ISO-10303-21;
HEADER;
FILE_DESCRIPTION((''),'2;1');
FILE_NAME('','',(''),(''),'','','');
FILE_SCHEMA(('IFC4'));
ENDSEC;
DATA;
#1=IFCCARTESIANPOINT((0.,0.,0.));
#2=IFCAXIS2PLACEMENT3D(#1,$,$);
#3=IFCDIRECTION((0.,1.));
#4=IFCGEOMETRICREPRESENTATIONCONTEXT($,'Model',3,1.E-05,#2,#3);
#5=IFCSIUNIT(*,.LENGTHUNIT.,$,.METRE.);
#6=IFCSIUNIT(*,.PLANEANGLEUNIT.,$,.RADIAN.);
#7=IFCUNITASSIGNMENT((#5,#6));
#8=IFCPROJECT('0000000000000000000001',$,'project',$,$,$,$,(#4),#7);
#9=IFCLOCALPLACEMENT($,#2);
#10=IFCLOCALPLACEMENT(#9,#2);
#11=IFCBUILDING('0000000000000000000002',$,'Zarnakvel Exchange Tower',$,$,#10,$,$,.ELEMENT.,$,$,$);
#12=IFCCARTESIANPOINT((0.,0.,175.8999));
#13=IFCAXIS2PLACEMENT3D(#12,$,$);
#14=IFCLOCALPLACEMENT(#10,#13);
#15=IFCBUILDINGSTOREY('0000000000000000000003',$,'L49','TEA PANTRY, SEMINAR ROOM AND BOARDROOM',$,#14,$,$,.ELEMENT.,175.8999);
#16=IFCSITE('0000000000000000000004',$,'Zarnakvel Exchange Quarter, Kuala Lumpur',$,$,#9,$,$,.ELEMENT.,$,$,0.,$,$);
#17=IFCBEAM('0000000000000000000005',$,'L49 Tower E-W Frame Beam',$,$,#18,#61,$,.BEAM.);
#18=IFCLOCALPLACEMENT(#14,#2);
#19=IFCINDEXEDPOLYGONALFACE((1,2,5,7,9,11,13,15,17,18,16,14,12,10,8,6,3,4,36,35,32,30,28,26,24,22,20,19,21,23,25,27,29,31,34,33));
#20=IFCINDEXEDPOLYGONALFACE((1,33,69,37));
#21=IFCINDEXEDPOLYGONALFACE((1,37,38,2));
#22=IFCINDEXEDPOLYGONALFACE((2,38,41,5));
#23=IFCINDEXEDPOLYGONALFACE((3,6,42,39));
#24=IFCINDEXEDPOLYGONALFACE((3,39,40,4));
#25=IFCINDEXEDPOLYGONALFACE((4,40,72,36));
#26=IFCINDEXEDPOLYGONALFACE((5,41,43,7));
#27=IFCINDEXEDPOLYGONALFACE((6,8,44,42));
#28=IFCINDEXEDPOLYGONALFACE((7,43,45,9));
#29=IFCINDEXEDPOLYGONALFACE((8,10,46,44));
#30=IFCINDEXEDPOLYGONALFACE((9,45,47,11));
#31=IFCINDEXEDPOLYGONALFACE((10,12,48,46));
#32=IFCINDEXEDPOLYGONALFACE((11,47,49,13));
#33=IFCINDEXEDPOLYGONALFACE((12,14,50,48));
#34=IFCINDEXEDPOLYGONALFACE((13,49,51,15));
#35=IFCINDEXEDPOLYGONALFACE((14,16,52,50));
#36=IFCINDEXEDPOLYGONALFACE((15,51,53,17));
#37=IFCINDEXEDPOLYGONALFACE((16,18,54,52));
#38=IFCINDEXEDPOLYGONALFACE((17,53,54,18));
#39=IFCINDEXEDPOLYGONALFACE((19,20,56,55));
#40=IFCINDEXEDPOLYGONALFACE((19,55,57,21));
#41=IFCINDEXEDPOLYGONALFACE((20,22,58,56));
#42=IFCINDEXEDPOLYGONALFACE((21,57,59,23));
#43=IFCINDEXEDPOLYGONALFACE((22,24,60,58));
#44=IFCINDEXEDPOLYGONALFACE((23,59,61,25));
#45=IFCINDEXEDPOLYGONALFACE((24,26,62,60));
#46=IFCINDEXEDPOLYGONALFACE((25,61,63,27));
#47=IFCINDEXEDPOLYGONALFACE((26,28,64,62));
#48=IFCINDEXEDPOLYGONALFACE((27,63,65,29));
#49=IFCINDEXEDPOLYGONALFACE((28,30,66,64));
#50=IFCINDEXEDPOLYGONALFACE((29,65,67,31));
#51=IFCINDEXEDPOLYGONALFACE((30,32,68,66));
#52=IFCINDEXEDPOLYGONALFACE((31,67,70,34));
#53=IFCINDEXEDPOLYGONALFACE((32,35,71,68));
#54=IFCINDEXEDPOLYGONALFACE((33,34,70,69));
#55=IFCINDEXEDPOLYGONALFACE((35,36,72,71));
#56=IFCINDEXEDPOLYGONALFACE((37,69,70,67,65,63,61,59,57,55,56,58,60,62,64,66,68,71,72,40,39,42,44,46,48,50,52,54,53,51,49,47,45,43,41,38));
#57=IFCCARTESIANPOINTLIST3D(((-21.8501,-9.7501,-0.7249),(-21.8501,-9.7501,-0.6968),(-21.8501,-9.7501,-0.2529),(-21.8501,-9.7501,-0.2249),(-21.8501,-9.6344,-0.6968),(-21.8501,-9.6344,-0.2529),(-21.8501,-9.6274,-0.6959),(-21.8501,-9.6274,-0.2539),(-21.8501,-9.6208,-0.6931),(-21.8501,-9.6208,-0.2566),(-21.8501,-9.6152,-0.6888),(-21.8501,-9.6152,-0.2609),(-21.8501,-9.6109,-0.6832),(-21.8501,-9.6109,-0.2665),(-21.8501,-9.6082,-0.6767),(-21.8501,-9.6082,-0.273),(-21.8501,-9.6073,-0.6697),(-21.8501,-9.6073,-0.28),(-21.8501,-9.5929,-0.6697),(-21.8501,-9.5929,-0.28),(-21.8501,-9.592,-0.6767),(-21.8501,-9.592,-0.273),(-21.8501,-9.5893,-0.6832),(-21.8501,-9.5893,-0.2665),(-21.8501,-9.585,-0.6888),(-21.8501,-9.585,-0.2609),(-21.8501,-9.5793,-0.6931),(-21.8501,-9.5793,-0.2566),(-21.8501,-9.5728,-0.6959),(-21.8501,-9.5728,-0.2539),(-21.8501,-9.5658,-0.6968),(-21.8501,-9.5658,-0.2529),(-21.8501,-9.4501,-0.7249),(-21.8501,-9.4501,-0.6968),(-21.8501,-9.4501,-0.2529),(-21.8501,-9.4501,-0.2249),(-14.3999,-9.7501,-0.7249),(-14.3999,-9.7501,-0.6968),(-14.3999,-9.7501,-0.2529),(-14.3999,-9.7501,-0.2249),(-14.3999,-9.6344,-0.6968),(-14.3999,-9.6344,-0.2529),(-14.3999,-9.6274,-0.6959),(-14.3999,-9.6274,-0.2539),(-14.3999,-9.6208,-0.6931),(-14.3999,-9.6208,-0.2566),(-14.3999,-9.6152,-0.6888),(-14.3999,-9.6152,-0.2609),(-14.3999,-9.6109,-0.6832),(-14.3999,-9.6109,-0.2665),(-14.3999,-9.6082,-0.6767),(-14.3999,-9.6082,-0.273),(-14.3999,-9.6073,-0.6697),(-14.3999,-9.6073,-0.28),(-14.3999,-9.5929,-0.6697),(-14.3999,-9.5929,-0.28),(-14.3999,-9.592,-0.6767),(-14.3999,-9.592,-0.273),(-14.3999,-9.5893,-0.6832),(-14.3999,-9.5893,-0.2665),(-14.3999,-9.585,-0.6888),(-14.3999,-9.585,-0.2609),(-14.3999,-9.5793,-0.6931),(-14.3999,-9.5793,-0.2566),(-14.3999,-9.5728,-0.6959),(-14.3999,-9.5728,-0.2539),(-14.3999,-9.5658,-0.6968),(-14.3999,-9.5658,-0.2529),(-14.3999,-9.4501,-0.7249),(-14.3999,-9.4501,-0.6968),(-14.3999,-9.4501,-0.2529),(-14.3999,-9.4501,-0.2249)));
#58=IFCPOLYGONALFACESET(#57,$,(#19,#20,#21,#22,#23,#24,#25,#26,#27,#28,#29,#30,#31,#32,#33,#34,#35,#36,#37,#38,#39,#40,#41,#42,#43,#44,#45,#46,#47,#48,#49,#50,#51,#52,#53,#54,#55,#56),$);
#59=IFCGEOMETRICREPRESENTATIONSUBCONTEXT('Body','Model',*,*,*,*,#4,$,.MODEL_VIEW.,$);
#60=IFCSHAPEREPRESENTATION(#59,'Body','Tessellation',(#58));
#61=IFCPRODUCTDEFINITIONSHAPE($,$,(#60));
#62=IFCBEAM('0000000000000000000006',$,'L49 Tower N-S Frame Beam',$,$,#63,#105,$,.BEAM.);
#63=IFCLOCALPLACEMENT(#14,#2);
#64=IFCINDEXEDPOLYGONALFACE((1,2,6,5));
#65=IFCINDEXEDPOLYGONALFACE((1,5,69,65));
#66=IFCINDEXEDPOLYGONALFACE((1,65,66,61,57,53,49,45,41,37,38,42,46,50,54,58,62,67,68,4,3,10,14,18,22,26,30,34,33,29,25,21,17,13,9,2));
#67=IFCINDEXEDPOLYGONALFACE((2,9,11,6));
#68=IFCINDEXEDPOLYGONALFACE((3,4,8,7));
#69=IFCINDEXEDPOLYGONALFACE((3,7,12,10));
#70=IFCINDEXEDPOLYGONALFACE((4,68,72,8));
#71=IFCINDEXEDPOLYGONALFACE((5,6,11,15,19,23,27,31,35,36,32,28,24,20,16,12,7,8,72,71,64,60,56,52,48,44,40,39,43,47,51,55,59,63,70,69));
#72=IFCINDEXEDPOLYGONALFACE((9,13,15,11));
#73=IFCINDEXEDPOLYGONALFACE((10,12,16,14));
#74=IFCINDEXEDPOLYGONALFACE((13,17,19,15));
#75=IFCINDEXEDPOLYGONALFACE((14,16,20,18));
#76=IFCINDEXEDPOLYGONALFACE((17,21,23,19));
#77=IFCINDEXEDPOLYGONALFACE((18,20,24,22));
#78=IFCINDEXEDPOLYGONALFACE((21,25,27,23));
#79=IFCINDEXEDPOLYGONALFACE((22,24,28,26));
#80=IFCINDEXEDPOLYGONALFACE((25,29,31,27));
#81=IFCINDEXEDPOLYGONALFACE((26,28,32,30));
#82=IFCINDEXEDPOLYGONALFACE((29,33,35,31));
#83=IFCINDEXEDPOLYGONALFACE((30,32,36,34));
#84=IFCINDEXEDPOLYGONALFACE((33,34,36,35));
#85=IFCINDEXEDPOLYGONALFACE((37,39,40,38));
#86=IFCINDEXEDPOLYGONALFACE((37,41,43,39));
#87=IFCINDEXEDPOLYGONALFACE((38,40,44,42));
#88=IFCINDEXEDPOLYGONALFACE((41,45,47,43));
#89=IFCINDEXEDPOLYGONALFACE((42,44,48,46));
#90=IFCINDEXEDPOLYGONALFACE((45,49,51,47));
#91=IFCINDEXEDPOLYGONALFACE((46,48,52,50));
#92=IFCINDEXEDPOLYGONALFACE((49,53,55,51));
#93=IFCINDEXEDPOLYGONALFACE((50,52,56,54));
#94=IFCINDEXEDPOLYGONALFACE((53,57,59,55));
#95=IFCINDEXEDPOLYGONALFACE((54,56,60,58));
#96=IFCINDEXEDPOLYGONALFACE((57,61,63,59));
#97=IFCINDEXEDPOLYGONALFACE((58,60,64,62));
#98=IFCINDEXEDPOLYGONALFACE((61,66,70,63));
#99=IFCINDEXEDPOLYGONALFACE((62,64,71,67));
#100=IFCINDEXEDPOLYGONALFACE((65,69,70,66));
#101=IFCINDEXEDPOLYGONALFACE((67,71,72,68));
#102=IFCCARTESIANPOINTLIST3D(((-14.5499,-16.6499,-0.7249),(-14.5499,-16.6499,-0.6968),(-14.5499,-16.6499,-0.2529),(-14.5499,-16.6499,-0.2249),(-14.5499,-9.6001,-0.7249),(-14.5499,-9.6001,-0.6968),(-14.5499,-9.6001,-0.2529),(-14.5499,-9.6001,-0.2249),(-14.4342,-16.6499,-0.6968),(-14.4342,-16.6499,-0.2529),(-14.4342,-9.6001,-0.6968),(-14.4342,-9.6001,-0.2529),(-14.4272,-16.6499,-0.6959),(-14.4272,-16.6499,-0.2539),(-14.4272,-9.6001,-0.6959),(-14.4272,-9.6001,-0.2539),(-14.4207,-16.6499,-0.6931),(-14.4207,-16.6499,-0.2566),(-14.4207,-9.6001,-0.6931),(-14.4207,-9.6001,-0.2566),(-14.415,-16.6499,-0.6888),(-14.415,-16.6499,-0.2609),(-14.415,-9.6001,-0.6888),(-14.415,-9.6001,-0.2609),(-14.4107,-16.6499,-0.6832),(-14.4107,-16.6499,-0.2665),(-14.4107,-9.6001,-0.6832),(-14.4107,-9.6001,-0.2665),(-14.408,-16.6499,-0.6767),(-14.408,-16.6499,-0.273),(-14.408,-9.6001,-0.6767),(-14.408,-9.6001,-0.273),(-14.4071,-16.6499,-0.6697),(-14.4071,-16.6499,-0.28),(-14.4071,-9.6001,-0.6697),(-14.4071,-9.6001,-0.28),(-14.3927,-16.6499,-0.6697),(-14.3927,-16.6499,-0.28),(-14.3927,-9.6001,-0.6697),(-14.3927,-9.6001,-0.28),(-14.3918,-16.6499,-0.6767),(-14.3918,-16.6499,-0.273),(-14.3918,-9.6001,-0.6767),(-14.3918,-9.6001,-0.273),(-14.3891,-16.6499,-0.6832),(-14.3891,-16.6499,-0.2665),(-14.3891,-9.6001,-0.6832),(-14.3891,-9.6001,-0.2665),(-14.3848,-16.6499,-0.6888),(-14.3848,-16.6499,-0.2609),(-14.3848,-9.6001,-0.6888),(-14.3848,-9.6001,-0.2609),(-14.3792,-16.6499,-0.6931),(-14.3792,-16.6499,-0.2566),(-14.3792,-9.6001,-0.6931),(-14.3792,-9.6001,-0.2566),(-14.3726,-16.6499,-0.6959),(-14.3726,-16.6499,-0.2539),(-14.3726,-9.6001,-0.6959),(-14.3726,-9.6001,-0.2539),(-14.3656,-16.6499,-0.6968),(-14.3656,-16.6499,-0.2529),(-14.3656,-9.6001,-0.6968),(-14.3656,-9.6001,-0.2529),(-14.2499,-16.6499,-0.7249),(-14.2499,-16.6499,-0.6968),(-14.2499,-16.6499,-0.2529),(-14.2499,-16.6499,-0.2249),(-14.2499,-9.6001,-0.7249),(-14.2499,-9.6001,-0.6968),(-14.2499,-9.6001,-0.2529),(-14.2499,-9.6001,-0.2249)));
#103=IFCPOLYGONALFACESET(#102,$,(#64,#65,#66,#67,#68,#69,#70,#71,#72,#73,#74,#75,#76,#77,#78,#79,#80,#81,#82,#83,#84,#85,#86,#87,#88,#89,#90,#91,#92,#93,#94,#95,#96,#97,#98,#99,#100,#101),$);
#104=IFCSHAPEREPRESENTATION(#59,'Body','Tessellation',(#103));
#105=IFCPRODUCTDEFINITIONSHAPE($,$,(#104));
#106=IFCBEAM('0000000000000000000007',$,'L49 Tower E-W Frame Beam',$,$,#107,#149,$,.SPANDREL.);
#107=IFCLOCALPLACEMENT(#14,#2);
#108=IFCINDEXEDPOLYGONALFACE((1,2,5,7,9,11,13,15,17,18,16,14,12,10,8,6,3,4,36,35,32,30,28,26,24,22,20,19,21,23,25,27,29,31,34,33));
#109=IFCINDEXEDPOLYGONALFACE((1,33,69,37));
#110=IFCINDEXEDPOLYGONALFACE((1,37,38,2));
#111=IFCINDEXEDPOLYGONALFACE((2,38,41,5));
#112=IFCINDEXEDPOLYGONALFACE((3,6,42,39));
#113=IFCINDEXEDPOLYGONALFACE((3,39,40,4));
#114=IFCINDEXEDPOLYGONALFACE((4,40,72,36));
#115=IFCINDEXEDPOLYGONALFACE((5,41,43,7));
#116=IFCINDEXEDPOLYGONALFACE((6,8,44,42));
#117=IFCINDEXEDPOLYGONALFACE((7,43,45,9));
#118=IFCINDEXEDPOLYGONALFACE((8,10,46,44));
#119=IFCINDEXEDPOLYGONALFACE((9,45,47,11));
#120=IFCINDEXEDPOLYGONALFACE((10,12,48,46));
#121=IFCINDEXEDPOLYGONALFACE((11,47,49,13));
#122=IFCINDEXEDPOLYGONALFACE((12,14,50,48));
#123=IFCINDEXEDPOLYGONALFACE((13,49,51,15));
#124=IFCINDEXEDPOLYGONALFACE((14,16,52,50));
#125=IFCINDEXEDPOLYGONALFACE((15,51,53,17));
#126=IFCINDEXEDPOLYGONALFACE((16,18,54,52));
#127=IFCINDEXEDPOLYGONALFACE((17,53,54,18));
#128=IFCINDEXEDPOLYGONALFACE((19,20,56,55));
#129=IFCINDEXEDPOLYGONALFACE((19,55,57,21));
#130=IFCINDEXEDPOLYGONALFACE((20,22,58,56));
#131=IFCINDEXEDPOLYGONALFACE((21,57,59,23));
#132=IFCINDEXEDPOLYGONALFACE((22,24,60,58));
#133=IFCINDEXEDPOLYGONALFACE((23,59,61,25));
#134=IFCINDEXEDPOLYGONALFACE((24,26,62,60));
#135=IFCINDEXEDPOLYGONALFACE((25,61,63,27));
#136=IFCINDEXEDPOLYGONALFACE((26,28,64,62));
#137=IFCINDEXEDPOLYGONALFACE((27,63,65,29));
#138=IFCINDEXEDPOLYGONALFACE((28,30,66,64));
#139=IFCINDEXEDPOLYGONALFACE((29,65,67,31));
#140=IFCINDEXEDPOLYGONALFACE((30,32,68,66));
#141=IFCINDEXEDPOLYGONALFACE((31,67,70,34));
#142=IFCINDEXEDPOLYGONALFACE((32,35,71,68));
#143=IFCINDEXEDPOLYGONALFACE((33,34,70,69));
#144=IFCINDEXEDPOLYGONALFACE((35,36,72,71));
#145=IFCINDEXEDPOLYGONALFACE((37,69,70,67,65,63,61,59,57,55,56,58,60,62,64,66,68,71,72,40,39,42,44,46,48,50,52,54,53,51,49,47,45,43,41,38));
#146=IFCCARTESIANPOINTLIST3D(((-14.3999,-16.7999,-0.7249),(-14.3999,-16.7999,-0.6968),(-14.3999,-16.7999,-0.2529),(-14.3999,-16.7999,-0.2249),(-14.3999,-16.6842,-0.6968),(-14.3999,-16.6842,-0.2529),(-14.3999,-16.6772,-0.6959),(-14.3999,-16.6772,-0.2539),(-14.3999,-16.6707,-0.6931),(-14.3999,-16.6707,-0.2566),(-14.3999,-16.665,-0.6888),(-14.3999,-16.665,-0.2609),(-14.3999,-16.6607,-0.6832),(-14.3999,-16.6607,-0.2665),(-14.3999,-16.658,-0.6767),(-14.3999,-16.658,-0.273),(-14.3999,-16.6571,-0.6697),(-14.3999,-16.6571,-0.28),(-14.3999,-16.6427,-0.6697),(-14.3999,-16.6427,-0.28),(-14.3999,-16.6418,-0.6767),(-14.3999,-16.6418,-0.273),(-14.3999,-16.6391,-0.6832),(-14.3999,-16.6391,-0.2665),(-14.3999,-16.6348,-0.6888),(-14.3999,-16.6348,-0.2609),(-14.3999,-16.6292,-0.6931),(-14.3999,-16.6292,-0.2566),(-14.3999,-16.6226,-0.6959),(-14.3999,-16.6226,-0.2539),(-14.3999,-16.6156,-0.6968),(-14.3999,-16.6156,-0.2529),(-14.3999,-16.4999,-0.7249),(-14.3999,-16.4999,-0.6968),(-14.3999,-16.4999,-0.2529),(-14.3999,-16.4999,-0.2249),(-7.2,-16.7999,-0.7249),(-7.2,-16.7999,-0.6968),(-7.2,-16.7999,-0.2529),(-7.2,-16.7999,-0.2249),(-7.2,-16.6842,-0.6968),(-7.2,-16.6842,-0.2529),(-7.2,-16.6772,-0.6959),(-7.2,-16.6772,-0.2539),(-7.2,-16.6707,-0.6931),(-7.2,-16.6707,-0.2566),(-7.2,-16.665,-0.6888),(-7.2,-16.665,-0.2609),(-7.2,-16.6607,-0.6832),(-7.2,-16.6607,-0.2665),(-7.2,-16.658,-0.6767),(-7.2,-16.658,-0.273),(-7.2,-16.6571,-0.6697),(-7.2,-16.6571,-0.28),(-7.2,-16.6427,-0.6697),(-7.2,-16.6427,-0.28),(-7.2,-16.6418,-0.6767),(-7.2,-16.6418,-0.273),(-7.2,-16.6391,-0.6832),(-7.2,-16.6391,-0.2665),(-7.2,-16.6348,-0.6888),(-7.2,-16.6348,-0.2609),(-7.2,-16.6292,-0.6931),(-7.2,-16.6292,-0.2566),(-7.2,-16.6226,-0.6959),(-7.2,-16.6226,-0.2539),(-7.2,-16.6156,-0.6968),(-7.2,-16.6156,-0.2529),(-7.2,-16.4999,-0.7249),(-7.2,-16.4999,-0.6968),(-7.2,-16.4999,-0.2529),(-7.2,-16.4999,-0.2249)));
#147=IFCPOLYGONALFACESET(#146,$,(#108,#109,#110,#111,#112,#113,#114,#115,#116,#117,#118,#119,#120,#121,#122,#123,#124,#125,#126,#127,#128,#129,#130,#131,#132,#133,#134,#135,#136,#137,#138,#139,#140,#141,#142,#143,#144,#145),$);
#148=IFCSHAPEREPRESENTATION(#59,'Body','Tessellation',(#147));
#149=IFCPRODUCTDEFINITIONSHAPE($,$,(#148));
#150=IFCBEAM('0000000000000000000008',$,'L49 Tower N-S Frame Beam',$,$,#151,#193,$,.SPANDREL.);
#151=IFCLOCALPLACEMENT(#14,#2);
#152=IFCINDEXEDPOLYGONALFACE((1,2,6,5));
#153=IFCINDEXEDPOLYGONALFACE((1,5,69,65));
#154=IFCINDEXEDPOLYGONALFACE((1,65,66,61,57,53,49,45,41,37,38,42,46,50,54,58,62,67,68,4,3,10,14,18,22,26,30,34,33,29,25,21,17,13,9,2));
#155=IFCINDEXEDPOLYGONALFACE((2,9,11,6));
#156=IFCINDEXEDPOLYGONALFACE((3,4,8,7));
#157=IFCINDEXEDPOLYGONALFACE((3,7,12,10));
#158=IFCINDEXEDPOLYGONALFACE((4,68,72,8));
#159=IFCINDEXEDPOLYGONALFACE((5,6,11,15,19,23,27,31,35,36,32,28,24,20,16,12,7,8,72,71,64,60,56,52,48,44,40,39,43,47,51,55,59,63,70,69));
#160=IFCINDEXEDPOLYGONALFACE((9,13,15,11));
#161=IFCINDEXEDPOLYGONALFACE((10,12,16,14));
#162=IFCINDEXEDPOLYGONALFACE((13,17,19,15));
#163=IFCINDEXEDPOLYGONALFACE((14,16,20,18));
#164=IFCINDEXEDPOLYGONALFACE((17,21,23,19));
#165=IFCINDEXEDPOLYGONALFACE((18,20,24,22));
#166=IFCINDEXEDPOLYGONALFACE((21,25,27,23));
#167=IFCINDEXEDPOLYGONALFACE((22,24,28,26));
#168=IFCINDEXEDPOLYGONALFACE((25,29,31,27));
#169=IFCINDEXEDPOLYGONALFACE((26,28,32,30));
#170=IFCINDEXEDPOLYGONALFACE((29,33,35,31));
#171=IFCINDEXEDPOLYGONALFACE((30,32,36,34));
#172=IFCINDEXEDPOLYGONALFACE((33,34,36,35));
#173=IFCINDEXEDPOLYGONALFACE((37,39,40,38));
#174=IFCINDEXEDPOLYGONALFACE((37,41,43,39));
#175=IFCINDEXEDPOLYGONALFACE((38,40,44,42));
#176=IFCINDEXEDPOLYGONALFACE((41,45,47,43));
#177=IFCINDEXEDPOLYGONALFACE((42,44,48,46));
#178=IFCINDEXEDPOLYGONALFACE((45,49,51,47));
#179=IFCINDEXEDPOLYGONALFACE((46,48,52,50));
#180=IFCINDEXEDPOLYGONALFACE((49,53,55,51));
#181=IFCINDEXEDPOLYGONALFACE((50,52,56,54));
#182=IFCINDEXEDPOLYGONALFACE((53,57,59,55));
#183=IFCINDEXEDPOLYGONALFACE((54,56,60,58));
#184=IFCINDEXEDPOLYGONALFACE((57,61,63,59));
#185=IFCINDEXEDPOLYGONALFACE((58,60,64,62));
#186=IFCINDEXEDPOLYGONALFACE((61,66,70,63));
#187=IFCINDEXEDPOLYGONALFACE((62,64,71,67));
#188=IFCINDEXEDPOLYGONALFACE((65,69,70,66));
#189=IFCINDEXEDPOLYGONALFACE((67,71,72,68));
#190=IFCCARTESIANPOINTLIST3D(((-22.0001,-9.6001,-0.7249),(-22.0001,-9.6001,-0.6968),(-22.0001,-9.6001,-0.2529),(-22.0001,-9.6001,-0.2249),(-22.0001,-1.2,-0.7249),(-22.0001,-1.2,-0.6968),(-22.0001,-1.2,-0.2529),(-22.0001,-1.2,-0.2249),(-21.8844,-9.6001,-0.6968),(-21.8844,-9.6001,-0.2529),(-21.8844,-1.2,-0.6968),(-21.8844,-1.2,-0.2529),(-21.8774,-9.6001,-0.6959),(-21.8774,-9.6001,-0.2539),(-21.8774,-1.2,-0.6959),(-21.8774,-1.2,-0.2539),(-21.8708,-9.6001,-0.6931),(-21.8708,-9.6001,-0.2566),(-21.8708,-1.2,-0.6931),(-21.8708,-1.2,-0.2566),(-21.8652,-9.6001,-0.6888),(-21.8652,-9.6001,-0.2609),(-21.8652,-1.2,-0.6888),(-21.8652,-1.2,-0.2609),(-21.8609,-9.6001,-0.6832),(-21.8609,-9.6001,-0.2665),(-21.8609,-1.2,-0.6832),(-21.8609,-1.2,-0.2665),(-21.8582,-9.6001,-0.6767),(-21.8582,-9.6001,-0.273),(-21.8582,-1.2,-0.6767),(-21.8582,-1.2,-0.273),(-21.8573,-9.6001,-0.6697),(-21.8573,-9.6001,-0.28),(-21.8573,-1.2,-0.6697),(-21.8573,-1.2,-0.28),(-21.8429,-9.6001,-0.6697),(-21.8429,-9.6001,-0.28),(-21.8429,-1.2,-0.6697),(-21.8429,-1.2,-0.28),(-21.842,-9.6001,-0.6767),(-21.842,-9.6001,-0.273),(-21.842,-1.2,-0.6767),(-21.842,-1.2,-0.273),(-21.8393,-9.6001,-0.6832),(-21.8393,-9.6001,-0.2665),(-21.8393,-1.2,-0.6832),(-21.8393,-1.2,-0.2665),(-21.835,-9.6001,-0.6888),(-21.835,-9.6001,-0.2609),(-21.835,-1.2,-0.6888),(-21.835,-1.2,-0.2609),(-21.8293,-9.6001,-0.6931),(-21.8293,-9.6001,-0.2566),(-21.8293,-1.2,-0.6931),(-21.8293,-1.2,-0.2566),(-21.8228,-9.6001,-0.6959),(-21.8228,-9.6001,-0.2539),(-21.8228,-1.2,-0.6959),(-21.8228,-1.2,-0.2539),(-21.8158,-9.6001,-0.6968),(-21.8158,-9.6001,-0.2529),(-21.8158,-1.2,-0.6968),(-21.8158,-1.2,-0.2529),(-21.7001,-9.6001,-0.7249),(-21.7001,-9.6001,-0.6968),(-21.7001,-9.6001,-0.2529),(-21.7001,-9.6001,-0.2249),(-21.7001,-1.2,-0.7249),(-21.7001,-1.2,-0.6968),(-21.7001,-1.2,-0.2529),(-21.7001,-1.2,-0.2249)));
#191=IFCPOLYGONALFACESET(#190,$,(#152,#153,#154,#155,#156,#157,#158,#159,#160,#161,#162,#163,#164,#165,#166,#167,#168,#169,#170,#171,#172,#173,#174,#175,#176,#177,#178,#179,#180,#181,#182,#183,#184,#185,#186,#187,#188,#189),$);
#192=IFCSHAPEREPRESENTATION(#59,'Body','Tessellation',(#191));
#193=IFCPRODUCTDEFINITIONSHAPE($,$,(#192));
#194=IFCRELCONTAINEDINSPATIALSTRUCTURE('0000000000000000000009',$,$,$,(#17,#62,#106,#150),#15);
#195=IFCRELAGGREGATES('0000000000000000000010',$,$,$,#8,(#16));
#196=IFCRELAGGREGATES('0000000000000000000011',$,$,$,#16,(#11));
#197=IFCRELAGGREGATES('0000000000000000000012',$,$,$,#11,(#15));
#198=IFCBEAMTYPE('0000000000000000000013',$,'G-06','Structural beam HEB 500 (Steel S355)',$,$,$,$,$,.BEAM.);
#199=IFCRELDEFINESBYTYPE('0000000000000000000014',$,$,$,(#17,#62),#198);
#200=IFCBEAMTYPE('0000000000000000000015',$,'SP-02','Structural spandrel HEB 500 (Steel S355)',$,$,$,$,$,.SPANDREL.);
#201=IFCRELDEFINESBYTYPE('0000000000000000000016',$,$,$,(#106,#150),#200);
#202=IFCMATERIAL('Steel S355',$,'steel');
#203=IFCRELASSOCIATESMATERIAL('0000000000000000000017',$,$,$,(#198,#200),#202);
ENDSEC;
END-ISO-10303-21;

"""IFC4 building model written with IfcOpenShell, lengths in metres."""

from ifc_helpers import new_model, si_unit, direction, frame, origin, origin_2d, place, context, subcontext, project, spatial, i_section, extrude, material, material_profile, profile_set, type_object, element, save


model = new_model("IFC4")

# Units and contexts
model_context = context("Model", 3, precision=1e-05, world=origin(), true_north=direction((0.0, 1.0)))
body_context = subcontext(model_context, "Body", "Model", "MODEL_VIEW")
ifc_project = project(units=[si_unit("LENGTHUNIT", "METRE"), si_unit("PLANEANGLEUNIT", "RADIAN")], contexts=[model_context])

# Site, building, storey
site_placement = place(None, origin())
site = spatial("IfcSite", under=ifc_project, at=site_placement, Name="Zarnakvel Exchange Quarter, Kuala Lumpur", CompositionType="ELEMENT", RefElevation=0.0)
building_placement = place(site_placement, origin())
building = spatial("IfcBuilding", under=site, at=building_placement, Name="Zarnakvel Exchange Tower", CompositionType="ELEMENT")
storey_placement = place(building_placement, frame((0.0, 0.0, 175.8999)))
storey = spatial("IfcBuildingStorey", under=building, at=storey_placement, Name="L49", Description="TEA PANTRY, SEMINAR ROOM AND BOARDROOM", CompositionType="ELEMENT", Elevation=175.8999)

# Shared definitions
ifc_material_1 = material(Name="Steel S355", Category="steel")

# Beams
ifc_material_profile_1 = material_profile(ifc_material_1, i_section(OverallWidth=0.3, OverallDepth=0.5, WebThickness=0.0144, FlangeThickness=0.0281, FilletRadius=0.0271, at=origin_2d()))
ifc_profile_set_1 = profile_set([ifc_material_profile_1], Name="Steel S355")
beam_type_1 = type_object("IfcBeamType", Name="G-06", Description="Structural beam HEB 500 (Steel S355)", PredefinedType="BEAM", material=ifc_profile_set_1)
beam_1_placement = place(storey_placement, frame((-21.8501, -9.6001, -0.4749), z_axis=(1.0, 0.0, 0.0), x_axis=(0.0, 1.0, 0.0)))
element("IfcBeam", 1, at=beam_1_placement, inside=storey, type_object=beam_type_1, Name="L49 Tower E-W Frame Beam", PredefinedType="BEAM", context=body_context, shape_type="SweptSolid", body=[
    extrude(i_section(OverallWidth=0.3, OverallDepth=0.5, WebThickness=0.0144, FlangeThickness=0.0281, FilletRadius=0.0271, at=origin_2d()), origin(), (0.0, 0.0, 1.0), 7.4502),
])
beam_2_placement = place(storey_placement, frame((-14.3999, -16.6499, -0.4749), z_axis=(0.0, 1.0, 0.0), x_axis=(-1.0, 0.0, 0.0)))
element("IfcBeam", 2, at=beam_2_placement, inside=storey, type_object=beam_type_1, Name="L49 Tower N-S Frame Beam", PredefinedType="BEAM", context=body_context, shape_type="SweptSolid", body=[
    extrude(i_section(OverallWidth=0.3, OverallDepth=0.5, WebThickness=0.0144, FlangeThickness=0.0281, FilletRadius=0.0271, at=origin_2d()), origin(), (0.0, 0.0, 1.0), 7.0498),
])
ifc_material_profile_2 = material_profile(ifc_material_1, i_section(OverallWidth=0.3, OverallDepth=0.5, WebThickness=0.0144, FlangeThickness=0.0281, FilletRadius=0.0271, at=origin_2d()))
ifc_profile_set_2 = profile_set([ifc_material_profile_2], Name="Steel S355")
beam_type_2 = type_object("IfcBeamType", Name="SP-02", Description="Structural spandrel HEB 500 (Steel S355)", PredefinedType="SPANDREL", material=ifc_profile_set_2)
beam_3_placement = place(storey_placement, frame((-14.3999, -16.6499, -0.4749), z_axis=(1.0, 0.0, 0.0), x_axis=(0.0, 1.0, 0.0)))
element("IfcBeam", 3, at=beam_3_placement, inside=storey, type_object=beam_type_2, Name="L49 Tower E-W Frame Beam", PredefinedType="SPANDREL", context=body_context, shape_type="SweptSolid", body=[
    extrude(i_section(OverallWidth=0.3, OverallDepth=0.5, WebThickness=0.0144, FlangeThickness=0.0281, FilletRadius=0.0271, at=origin_2d()), origin(), (0.0, 0.0, 1.0), 7.2),
])
beam_4_placement = place(storey_placement, frame((-21.8501, -9.6001, -0.4749), z_axis=(0.0, 1.0, 0.0), x_axis=(-1.0, 0.0, 0.0)))
element("IfcBeam", 4, at=beam_4_placement, inside=storey, type_object=beam_type_2, Name="L49 Tower N-S Frame Beam", PredefinedType="SPANDREL", context=body_context, shape_type="SweptSolid", body=[
    extrude(i_section(OverallWidth=0.3, OverallDepth=0.5, WebThickness=0.0144, FlangeThickness=0.0281, FilletRadius=0.0271, at=origin_2d()), origin(), (0.0, 0.0, 1.0), 8.4001),
])

save(model, "model.ifc")
